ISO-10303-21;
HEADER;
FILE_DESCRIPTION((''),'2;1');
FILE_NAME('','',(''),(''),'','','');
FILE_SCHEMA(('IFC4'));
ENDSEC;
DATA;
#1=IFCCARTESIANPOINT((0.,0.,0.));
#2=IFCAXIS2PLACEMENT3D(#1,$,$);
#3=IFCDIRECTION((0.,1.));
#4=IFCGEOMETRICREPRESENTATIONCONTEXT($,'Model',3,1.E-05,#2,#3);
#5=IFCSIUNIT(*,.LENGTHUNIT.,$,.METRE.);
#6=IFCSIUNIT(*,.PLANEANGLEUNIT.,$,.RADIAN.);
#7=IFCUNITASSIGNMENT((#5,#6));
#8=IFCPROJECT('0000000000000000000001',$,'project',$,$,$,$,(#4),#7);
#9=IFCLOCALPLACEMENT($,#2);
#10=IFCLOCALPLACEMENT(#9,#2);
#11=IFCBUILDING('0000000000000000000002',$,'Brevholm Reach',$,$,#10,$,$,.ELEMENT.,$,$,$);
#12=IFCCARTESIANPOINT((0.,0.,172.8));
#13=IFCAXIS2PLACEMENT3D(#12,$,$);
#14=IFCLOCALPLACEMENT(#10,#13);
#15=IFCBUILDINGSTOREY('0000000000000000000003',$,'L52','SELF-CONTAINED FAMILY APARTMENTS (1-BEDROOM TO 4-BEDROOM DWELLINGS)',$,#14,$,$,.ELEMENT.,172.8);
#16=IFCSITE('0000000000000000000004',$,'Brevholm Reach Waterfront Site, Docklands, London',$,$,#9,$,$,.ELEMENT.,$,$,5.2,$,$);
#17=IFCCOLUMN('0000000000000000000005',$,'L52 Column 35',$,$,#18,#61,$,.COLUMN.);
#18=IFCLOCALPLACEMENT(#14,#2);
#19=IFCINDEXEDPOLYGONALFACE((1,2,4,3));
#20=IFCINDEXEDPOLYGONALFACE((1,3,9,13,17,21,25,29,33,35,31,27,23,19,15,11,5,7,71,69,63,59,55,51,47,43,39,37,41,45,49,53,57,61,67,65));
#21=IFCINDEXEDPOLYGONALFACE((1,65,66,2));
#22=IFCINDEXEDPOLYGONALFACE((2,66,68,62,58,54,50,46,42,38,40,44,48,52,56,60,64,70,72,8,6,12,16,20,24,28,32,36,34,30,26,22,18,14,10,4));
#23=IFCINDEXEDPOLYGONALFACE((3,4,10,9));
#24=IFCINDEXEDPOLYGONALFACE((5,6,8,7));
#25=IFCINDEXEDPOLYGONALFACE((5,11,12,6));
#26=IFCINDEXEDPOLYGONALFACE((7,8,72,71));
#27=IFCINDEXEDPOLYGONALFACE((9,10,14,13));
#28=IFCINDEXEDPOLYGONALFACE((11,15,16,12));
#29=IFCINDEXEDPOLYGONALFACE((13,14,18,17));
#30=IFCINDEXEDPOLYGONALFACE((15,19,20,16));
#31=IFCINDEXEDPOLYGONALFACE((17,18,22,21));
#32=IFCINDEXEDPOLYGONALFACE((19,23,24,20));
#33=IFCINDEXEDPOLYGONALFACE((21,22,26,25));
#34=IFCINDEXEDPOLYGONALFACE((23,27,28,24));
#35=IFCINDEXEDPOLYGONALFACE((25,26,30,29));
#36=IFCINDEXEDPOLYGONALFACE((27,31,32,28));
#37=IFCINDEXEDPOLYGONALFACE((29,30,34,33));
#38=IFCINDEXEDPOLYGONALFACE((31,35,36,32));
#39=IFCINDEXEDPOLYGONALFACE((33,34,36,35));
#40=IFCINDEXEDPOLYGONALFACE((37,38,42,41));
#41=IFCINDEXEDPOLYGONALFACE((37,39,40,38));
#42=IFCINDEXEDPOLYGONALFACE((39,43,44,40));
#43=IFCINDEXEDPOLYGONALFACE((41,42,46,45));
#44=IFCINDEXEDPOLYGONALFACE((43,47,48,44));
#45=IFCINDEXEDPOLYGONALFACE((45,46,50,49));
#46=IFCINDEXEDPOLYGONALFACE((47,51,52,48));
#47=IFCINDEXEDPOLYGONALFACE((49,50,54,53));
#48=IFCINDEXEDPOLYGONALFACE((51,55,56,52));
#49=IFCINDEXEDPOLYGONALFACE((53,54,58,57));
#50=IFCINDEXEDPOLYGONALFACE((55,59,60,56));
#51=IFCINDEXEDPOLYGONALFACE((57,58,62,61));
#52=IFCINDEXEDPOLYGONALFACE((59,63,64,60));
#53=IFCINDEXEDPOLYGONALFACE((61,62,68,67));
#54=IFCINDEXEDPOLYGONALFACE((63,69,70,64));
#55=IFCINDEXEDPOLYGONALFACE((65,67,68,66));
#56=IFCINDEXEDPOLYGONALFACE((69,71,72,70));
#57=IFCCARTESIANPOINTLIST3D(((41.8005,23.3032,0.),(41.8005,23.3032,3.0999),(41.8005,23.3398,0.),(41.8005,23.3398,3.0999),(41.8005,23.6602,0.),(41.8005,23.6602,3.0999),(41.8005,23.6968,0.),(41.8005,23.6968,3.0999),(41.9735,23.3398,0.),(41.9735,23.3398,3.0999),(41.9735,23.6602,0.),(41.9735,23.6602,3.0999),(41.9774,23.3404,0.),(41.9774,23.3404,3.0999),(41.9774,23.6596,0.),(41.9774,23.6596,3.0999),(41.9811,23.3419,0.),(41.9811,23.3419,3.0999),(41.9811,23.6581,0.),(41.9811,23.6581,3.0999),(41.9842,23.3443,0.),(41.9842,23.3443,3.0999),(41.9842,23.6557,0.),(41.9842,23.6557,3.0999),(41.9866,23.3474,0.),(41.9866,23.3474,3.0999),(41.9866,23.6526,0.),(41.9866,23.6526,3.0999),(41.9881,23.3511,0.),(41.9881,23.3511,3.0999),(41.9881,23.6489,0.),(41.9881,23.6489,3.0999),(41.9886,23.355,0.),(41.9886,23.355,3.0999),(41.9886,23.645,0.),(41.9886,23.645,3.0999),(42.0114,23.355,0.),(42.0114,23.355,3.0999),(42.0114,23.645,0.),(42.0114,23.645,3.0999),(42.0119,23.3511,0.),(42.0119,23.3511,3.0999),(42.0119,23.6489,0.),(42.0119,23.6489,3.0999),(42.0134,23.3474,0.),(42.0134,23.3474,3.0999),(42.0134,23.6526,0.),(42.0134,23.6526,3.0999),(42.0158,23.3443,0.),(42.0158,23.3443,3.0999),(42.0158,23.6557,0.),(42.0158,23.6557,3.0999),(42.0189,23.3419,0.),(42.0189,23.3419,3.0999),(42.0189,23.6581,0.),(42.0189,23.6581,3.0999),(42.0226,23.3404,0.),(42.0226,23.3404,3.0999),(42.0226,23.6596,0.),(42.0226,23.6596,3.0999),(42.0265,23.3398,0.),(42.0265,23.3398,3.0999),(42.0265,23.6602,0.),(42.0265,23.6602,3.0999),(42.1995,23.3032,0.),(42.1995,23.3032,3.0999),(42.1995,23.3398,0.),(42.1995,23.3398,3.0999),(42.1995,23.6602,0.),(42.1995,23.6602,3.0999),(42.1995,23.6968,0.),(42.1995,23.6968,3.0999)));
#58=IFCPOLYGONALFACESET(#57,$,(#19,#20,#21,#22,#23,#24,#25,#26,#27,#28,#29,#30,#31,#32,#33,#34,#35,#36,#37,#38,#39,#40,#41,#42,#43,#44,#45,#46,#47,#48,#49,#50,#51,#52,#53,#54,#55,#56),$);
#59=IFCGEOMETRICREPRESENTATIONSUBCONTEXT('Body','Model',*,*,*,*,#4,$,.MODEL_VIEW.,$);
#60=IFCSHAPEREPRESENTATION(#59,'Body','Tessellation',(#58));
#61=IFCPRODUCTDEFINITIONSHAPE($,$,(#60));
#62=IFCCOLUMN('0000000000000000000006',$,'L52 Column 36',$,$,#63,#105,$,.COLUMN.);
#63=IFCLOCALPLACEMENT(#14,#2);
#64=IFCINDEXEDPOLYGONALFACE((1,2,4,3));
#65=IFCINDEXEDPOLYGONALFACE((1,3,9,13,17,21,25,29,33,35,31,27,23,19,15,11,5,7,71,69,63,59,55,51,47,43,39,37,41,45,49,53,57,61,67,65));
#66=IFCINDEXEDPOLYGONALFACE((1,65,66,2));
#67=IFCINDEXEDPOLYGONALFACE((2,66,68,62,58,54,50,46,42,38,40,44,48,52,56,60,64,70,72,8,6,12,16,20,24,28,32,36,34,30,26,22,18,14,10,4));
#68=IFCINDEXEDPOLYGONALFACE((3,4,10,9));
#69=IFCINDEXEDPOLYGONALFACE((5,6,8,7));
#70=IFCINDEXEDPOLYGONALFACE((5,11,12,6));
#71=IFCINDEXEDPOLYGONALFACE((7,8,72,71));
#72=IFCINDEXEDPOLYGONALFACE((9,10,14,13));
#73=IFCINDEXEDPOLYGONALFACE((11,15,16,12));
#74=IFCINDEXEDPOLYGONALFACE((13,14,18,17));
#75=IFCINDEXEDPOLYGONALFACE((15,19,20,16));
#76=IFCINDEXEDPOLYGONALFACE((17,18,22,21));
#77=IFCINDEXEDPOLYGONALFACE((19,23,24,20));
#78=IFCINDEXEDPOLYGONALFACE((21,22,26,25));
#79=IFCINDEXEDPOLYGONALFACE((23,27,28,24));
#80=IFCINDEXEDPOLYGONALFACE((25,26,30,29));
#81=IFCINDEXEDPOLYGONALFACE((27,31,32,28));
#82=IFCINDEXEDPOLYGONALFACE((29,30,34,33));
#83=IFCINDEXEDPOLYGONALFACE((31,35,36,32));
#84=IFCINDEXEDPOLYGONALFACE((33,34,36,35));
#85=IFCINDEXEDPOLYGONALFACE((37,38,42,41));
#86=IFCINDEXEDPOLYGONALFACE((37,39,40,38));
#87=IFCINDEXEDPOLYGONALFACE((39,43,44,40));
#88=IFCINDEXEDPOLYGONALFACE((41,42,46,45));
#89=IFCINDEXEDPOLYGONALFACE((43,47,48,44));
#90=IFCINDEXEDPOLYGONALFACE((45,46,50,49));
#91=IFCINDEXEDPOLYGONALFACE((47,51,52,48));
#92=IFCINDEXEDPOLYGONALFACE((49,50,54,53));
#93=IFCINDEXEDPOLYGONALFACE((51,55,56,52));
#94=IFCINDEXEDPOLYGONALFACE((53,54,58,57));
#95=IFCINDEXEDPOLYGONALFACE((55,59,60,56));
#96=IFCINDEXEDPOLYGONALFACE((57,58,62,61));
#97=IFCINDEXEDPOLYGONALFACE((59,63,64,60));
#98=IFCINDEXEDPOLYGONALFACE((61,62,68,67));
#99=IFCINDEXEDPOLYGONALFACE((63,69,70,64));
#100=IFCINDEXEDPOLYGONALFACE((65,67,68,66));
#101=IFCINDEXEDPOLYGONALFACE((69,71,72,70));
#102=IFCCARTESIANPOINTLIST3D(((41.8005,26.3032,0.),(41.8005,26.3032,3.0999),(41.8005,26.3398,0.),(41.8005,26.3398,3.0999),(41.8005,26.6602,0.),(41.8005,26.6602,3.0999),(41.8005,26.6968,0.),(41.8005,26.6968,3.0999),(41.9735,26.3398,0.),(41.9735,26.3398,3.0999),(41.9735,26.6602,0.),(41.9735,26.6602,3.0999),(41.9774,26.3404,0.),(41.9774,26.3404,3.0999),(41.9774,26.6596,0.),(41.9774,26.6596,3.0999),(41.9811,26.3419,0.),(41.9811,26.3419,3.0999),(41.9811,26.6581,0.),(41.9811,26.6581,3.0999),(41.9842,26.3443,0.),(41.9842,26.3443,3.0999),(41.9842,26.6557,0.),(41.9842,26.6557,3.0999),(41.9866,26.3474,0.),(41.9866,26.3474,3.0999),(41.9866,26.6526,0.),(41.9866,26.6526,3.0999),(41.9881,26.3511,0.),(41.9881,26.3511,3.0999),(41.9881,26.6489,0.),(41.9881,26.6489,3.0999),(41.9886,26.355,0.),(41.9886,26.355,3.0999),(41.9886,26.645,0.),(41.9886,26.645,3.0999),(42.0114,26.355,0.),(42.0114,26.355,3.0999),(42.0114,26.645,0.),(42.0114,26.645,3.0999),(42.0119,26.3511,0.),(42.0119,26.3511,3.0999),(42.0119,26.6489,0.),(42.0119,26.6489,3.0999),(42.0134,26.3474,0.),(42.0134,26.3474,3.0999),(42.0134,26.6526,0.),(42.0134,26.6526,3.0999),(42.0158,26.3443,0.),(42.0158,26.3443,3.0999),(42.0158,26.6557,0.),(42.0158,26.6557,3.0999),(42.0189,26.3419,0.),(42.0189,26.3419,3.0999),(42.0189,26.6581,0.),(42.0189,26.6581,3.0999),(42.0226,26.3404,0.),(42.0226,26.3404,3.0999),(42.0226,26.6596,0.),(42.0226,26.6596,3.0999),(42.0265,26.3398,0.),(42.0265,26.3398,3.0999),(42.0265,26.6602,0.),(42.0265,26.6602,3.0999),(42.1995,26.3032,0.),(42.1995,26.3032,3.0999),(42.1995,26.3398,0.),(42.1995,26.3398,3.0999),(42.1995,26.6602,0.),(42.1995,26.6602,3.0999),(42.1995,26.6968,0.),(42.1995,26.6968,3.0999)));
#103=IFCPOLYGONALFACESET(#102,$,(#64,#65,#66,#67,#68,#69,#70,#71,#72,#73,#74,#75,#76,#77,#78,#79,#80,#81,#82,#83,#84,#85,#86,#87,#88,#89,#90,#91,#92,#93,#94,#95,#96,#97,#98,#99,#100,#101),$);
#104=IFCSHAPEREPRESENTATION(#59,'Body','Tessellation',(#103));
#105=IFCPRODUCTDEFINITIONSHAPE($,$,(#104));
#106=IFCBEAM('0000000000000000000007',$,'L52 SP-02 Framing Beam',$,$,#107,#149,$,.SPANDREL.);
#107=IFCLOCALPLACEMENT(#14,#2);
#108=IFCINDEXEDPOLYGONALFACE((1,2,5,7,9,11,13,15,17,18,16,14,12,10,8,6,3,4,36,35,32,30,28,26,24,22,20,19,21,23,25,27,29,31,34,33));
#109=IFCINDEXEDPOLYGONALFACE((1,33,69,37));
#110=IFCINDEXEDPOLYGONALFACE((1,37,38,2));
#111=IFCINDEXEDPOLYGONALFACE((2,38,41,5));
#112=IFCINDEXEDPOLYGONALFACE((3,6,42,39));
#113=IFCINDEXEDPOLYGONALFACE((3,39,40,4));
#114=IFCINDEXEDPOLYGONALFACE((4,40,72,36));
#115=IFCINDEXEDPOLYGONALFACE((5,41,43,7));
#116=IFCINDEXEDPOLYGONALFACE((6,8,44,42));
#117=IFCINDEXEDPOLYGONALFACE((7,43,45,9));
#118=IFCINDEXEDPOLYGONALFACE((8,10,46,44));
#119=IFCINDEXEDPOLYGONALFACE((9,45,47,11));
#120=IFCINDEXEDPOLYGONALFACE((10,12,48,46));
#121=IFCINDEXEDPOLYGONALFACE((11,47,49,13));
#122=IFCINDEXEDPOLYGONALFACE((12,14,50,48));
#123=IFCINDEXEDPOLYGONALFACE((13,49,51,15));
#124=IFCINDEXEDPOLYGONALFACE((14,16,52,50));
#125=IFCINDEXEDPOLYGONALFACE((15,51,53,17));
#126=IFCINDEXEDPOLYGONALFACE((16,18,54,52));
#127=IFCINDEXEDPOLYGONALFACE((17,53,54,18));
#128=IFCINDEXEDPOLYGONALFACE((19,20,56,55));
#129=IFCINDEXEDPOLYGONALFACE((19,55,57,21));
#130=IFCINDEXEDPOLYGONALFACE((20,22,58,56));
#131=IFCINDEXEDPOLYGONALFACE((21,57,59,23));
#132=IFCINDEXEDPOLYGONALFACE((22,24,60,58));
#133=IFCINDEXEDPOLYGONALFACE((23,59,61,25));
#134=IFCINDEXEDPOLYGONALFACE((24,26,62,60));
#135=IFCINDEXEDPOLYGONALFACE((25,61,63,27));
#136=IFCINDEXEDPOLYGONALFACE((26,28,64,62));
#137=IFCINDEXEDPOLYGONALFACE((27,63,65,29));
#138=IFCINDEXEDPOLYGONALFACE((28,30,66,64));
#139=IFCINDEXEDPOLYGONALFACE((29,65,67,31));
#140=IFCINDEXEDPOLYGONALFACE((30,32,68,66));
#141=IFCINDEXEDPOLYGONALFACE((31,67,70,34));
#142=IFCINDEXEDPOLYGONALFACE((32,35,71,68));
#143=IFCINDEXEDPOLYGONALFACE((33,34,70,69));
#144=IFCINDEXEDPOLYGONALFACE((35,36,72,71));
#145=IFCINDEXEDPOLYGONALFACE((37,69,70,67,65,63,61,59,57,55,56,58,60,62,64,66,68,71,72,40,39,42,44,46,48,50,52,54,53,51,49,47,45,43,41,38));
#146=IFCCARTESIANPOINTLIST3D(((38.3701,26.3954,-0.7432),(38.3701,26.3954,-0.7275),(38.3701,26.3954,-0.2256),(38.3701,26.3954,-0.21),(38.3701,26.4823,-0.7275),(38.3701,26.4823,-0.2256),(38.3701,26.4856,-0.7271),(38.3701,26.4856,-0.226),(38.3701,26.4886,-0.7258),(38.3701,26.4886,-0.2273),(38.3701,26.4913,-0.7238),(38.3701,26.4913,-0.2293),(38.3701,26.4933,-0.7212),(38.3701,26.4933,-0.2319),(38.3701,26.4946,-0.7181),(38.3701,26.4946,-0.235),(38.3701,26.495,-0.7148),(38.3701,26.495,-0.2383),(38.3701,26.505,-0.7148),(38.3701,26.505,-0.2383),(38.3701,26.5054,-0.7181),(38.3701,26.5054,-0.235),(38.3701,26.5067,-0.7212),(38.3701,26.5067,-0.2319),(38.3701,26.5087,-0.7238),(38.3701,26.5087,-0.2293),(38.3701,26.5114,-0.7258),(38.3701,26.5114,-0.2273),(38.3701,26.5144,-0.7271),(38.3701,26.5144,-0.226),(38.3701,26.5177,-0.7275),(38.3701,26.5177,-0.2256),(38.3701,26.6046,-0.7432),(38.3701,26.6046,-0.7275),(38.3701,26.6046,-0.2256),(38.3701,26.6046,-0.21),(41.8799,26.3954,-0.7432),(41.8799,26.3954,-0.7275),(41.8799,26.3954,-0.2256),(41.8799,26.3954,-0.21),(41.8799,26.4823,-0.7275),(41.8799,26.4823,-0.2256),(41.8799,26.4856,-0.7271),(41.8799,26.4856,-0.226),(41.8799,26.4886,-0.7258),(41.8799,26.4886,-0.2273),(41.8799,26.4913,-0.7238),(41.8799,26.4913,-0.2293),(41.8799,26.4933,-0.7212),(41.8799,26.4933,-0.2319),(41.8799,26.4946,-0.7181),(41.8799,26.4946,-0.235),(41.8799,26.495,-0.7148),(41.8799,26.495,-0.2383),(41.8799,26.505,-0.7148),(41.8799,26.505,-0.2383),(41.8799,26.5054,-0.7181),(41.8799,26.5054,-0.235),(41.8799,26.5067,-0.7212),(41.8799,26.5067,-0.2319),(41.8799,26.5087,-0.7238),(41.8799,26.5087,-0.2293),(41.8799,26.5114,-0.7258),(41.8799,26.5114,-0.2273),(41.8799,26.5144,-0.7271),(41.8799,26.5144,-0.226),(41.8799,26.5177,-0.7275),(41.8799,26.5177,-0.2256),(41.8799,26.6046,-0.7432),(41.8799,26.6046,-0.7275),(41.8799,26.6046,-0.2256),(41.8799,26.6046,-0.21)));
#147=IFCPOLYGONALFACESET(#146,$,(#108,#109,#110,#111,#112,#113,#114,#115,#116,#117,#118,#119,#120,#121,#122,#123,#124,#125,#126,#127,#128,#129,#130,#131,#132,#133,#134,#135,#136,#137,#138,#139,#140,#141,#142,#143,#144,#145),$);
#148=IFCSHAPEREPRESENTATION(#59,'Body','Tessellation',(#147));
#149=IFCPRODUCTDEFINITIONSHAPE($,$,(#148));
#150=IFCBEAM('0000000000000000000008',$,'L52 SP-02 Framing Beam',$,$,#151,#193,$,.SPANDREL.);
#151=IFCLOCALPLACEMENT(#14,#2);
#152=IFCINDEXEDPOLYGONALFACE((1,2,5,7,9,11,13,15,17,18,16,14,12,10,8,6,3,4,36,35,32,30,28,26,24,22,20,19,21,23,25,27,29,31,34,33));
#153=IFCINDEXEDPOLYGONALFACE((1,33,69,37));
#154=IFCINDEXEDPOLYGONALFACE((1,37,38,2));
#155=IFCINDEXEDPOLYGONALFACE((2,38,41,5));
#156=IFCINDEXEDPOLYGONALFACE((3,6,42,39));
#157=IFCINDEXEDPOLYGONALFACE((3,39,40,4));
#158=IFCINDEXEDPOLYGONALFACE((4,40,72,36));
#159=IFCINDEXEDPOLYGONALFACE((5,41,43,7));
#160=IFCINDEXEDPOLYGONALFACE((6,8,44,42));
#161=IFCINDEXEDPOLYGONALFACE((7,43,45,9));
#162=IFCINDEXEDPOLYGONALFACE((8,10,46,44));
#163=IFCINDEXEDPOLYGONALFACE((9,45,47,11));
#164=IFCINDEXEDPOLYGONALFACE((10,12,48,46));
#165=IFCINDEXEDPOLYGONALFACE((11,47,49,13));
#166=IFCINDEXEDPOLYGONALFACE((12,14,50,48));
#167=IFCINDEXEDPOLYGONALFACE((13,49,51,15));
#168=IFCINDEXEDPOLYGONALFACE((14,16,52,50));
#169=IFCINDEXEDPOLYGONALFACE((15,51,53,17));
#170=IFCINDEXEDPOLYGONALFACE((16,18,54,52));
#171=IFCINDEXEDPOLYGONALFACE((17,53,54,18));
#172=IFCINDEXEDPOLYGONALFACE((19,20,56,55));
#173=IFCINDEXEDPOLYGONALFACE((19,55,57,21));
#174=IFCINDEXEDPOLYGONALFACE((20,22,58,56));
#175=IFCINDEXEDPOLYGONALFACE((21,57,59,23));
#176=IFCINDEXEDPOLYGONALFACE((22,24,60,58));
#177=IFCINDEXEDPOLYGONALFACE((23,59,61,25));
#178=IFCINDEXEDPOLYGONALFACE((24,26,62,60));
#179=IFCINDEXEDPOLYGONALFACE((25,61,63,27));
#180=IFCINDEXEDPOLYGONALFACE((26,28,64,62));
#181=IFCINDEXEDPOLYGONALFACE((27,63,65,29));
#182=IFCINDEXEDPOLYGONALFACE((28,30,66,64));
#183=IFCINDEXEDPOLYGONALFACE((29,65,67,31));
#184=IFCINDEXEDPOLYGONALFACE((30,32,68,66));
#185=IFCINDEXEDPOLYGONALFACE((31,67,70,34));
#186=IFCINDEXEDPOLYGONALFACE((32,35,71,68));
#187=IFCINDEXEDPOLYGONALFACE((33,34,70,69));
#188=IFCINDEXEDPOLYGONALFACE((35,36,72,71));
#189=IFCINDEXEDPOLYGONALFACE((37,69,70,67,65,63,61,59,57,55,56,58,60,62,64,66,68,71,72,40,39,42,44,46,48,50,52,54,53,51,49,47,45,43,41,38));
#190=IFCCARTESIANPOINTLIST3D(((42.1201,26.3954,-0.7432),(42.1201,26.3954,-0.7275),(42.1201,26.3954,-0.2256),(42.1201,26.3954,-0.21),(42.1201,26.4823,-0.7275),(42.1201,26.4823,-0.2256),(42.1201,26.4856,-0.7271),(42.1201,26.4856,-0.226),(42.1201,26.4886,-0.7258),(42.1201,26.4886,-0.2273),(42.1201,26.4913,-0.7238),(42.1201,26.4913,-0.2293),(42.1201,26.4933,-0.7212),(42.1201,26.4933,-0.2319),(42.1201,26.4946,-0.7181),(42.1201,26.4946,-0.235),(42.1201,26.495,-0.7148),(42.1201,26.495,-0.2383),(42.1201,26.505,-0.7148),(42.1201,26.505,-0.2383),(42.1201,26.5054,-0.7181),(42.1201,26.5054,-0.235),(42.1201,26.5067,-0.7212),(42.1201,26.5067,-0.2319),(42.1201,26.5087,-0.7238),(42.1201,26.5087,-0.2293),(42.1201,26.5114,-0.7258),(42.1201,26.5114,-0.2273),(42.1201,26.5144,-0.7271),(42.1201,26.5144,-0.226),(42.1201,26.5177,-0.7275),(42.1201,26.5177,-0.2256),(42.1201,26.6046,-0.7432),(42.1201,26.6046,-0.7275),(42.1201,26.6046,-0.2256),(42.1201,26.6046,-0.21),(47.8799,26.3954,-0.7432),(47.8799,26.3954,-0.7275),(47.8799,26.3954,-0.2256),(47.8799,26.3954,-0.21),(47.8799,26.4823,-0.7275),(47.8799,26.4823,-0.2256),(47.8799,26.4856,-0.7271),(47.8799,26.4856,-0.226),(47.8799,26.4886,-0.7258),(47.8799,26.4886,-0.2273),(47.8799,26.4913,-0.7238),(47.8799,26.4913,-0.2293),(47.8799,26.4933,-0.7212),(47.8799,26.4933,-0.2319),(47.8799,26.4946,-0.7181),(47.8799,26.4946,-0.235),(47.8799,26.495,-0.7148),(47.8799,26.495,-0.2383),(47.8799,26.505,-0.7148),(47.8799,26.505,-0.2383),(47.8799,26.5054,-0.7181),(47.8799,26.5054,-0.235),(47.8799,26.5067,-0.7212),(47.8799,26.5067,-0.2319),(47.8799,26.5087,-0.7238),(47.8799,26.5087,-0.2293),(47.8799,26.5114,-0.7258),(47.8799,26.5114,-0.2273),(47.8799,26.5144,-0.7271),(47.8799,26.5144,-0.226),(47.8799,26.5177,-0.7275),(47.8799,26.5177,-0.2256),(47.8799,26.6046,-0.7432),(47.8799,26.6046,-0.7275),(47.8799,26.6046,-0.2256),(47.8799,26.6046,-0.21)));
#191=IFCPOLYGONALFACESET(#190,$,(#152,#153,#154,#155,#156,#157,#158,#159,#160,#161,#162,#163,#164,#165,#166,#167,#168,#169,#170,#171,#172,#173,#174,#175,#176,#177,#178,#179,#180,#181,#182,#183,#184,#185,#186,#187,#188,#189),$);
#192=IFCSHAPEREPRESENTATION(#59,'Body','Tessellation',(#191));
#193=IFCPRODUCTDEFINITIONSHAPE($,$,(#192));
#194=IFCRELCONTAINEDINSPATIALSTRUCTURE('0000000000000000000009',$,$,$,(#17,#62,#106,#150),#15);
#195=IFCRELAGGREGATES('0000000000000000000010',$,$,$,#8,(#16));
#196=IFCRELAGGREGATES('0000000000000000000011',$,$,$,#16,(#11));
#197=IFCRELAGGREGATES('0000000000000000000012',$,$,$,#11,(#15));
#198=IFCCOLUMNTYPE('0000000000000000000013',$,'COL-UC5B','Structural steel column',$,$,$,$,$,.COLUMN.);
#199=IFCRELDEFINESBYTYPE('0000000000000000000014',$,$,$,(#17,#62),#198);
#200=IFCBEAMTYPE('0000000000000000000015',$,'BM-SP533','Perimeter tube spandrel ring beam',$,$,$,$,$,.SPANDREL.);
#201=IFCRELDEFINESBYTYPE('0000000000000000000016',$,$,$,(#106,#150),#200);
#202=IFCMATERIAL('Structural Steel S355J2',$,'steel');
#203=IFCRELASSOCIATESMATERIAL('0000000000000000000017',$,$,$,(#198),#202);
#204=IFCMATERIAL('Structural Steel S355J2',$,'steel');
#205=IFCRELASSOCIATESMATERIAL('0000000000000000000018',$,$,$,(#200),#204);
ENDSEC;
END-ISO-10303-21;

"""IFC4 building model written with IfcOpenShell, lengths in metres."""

from ifc_helpers import new_model, si_unit, direction, frame, origin, origin_2d, place, context, subcontext, project, spatial, i_section, extrude, material, material_profile, profile_set, type_object, element, save


model = new_model("IFC4")

# Units and contexts
model_context = context("Model", 3, precision=1e-05, world=origin(), true_north=direction((0.0, 1.0)))
body_context = subcontext(model_context, "Body", "Model", "MODEL_VIEW")
ifc_project = project(units=[si_unit("LENGTHUNIT", "METRE"), si_unit("PLANEANGLEUNIT", "RADIAN")], contexts=[model_context])

# Site, building, storey
site_placement = place(None, origin())
site = spatial("IfcSite", under=ifc_project, at=site_placement, Name="Brevholm Reach Waterfront Site, Docklands, London", CompositionType="ELEMENT", RefElevation=5.2)
building_placement = place(site_placement, origin())
building = spatial("IfcBuilding", under=site, at=building_placement, Name="Brevholm Reach", CompositionType="ELEMENT")
storey_placement = place(building_placement, frame((0.0, 0.0, 172.8)))
storey = spatial("IfcBuildingStorey", under=building, at=storey_placement, Name="L52", Description="SELF-CONTAINED FAMILY APARTMENTS (1-BEDROOM TO 4-BEDROOM DWELLINGS)", CompositionType="ELEMENT", Elevation=172.8)

# Columns
ifc_material_1 = material(Name="Structural Steel S355J2", Category="steel")
ifc_material_profile_1 = material_profile(ifc_material_1, i_section(OverallWidth=0.3989, OverallDepth=0.3936, WebThickness=0.0227, FlangeThickness=0.0366, FilletRadius=0.0151, at=origin_2d()), Name="UKC 356x406x287")
ifc_profile_set_1 = profile_set([ifc_material_profile_1], Name="Structural Steel S355J2")
column_type = type_object("IfcColumnType", Name="COL-UC5B", Description="Structural steel column", PredefinedType="COLUMN", material=ifc_profile_set_1)
for number, where, z_axis, x_axis, name in (
    (1, (42.0, 23.5, 0.0), (0.0, 0.0, 1.0), (1.0, 0.0, 0.0), "L52 Column 35"),
    (2, (42.0, 26.5, 0.0), (0.0, 0.0, 1.0), (1.0, 0.0, 0.0), "L52 Column 36"),
):
    element("IfcColumn", number, at=place(storey_placement, frame(where, z_axis=z_axis, x_axis=x_axis)), inside=storey, type_object=column_type, Name=name, PredefinedType="COLUMN", context=body_context, shape_type="SweptSolid", body=[
        extrude(i_section(OverallWidth=0.3989, OverallDepth=0.3936, WebThickness=0.0227, FlangeThickness=0.0366, FilletRadius=0.0151, at=origin_2d()), origin(), (0.0, 0.0, 1.0), 3.0999),
    ])

# Beams
ifc_material_2 = material(Name="Structural Steel S355J2", Category="steel")
ifc_material_profile_2 = material_profile(ifc_material_2, i_section(OverallWidth=0.2092, OverallDepth=0.5332, WebThickness=0.01, FlangeThickness=0.0156, FilletRadius=0.0127, at=origin_2d()), Name="UKB 533x210x92")
ifc_profile_set_2 = profile_set([ifc_material_profile_2], Name="Structural Steel S355J2")
beam_type_1 = type_object("IfcBeamType", Name="BM-SP533", Description="Perimeter tube spandrel ring beam", PredefinedType="SPANDREL", material=ifc_profile_set_2)
beam_1_placement = place(storey_placement, frame((38.3701, 26.5, -0.4766), z_axis=(1.0, 0.0, 0.0), x_axis=(0.0, 1.0, 0.0)))
element("IfcBeam", 3, at=beam_1_placement, inside=storey, type_object=beam_type_1, Name="L52 SP-02 Framing Beam", PredefinedType="SPANDREL", context=body_context, shape_type="SweptSolid", body=[
    extrude(i_section(OverallWidth=0.2092, OverallDepth=0.5332, WebThickness=0.01, FlangeThickness=0.0156, FilletRadius=0.0127, at=origin_2d()), origin(), (0.0, 0.0, 1.0), 3.5098),
])
beam_2_placement = place(storey_placement, frame((42.1201, 26.5, -0.4766), z_axis=(1.0, 0.0, 0.0), x_axis=(0.0, 1.0, 0.0)))
element("IfcBeam", 4, at=beam_2_placement, inside=storey, type_object=beam_type_1, Name="L52 SP-02 Framing Beam", PredefinedType="SPANDREL", context=body_context, shape_type="SweptSolid", body=[
    extrude(i_section(OverallWidth=0.2092, OverallDepth=0.5332, WebThickness=0.01, FlangeThickness=0.0156, FilletRadius=0.0127, at=origin_2d()), origin(), (0.0, 0.0, 1.0), 5.7598),
])

save(model, "model.ifc")
